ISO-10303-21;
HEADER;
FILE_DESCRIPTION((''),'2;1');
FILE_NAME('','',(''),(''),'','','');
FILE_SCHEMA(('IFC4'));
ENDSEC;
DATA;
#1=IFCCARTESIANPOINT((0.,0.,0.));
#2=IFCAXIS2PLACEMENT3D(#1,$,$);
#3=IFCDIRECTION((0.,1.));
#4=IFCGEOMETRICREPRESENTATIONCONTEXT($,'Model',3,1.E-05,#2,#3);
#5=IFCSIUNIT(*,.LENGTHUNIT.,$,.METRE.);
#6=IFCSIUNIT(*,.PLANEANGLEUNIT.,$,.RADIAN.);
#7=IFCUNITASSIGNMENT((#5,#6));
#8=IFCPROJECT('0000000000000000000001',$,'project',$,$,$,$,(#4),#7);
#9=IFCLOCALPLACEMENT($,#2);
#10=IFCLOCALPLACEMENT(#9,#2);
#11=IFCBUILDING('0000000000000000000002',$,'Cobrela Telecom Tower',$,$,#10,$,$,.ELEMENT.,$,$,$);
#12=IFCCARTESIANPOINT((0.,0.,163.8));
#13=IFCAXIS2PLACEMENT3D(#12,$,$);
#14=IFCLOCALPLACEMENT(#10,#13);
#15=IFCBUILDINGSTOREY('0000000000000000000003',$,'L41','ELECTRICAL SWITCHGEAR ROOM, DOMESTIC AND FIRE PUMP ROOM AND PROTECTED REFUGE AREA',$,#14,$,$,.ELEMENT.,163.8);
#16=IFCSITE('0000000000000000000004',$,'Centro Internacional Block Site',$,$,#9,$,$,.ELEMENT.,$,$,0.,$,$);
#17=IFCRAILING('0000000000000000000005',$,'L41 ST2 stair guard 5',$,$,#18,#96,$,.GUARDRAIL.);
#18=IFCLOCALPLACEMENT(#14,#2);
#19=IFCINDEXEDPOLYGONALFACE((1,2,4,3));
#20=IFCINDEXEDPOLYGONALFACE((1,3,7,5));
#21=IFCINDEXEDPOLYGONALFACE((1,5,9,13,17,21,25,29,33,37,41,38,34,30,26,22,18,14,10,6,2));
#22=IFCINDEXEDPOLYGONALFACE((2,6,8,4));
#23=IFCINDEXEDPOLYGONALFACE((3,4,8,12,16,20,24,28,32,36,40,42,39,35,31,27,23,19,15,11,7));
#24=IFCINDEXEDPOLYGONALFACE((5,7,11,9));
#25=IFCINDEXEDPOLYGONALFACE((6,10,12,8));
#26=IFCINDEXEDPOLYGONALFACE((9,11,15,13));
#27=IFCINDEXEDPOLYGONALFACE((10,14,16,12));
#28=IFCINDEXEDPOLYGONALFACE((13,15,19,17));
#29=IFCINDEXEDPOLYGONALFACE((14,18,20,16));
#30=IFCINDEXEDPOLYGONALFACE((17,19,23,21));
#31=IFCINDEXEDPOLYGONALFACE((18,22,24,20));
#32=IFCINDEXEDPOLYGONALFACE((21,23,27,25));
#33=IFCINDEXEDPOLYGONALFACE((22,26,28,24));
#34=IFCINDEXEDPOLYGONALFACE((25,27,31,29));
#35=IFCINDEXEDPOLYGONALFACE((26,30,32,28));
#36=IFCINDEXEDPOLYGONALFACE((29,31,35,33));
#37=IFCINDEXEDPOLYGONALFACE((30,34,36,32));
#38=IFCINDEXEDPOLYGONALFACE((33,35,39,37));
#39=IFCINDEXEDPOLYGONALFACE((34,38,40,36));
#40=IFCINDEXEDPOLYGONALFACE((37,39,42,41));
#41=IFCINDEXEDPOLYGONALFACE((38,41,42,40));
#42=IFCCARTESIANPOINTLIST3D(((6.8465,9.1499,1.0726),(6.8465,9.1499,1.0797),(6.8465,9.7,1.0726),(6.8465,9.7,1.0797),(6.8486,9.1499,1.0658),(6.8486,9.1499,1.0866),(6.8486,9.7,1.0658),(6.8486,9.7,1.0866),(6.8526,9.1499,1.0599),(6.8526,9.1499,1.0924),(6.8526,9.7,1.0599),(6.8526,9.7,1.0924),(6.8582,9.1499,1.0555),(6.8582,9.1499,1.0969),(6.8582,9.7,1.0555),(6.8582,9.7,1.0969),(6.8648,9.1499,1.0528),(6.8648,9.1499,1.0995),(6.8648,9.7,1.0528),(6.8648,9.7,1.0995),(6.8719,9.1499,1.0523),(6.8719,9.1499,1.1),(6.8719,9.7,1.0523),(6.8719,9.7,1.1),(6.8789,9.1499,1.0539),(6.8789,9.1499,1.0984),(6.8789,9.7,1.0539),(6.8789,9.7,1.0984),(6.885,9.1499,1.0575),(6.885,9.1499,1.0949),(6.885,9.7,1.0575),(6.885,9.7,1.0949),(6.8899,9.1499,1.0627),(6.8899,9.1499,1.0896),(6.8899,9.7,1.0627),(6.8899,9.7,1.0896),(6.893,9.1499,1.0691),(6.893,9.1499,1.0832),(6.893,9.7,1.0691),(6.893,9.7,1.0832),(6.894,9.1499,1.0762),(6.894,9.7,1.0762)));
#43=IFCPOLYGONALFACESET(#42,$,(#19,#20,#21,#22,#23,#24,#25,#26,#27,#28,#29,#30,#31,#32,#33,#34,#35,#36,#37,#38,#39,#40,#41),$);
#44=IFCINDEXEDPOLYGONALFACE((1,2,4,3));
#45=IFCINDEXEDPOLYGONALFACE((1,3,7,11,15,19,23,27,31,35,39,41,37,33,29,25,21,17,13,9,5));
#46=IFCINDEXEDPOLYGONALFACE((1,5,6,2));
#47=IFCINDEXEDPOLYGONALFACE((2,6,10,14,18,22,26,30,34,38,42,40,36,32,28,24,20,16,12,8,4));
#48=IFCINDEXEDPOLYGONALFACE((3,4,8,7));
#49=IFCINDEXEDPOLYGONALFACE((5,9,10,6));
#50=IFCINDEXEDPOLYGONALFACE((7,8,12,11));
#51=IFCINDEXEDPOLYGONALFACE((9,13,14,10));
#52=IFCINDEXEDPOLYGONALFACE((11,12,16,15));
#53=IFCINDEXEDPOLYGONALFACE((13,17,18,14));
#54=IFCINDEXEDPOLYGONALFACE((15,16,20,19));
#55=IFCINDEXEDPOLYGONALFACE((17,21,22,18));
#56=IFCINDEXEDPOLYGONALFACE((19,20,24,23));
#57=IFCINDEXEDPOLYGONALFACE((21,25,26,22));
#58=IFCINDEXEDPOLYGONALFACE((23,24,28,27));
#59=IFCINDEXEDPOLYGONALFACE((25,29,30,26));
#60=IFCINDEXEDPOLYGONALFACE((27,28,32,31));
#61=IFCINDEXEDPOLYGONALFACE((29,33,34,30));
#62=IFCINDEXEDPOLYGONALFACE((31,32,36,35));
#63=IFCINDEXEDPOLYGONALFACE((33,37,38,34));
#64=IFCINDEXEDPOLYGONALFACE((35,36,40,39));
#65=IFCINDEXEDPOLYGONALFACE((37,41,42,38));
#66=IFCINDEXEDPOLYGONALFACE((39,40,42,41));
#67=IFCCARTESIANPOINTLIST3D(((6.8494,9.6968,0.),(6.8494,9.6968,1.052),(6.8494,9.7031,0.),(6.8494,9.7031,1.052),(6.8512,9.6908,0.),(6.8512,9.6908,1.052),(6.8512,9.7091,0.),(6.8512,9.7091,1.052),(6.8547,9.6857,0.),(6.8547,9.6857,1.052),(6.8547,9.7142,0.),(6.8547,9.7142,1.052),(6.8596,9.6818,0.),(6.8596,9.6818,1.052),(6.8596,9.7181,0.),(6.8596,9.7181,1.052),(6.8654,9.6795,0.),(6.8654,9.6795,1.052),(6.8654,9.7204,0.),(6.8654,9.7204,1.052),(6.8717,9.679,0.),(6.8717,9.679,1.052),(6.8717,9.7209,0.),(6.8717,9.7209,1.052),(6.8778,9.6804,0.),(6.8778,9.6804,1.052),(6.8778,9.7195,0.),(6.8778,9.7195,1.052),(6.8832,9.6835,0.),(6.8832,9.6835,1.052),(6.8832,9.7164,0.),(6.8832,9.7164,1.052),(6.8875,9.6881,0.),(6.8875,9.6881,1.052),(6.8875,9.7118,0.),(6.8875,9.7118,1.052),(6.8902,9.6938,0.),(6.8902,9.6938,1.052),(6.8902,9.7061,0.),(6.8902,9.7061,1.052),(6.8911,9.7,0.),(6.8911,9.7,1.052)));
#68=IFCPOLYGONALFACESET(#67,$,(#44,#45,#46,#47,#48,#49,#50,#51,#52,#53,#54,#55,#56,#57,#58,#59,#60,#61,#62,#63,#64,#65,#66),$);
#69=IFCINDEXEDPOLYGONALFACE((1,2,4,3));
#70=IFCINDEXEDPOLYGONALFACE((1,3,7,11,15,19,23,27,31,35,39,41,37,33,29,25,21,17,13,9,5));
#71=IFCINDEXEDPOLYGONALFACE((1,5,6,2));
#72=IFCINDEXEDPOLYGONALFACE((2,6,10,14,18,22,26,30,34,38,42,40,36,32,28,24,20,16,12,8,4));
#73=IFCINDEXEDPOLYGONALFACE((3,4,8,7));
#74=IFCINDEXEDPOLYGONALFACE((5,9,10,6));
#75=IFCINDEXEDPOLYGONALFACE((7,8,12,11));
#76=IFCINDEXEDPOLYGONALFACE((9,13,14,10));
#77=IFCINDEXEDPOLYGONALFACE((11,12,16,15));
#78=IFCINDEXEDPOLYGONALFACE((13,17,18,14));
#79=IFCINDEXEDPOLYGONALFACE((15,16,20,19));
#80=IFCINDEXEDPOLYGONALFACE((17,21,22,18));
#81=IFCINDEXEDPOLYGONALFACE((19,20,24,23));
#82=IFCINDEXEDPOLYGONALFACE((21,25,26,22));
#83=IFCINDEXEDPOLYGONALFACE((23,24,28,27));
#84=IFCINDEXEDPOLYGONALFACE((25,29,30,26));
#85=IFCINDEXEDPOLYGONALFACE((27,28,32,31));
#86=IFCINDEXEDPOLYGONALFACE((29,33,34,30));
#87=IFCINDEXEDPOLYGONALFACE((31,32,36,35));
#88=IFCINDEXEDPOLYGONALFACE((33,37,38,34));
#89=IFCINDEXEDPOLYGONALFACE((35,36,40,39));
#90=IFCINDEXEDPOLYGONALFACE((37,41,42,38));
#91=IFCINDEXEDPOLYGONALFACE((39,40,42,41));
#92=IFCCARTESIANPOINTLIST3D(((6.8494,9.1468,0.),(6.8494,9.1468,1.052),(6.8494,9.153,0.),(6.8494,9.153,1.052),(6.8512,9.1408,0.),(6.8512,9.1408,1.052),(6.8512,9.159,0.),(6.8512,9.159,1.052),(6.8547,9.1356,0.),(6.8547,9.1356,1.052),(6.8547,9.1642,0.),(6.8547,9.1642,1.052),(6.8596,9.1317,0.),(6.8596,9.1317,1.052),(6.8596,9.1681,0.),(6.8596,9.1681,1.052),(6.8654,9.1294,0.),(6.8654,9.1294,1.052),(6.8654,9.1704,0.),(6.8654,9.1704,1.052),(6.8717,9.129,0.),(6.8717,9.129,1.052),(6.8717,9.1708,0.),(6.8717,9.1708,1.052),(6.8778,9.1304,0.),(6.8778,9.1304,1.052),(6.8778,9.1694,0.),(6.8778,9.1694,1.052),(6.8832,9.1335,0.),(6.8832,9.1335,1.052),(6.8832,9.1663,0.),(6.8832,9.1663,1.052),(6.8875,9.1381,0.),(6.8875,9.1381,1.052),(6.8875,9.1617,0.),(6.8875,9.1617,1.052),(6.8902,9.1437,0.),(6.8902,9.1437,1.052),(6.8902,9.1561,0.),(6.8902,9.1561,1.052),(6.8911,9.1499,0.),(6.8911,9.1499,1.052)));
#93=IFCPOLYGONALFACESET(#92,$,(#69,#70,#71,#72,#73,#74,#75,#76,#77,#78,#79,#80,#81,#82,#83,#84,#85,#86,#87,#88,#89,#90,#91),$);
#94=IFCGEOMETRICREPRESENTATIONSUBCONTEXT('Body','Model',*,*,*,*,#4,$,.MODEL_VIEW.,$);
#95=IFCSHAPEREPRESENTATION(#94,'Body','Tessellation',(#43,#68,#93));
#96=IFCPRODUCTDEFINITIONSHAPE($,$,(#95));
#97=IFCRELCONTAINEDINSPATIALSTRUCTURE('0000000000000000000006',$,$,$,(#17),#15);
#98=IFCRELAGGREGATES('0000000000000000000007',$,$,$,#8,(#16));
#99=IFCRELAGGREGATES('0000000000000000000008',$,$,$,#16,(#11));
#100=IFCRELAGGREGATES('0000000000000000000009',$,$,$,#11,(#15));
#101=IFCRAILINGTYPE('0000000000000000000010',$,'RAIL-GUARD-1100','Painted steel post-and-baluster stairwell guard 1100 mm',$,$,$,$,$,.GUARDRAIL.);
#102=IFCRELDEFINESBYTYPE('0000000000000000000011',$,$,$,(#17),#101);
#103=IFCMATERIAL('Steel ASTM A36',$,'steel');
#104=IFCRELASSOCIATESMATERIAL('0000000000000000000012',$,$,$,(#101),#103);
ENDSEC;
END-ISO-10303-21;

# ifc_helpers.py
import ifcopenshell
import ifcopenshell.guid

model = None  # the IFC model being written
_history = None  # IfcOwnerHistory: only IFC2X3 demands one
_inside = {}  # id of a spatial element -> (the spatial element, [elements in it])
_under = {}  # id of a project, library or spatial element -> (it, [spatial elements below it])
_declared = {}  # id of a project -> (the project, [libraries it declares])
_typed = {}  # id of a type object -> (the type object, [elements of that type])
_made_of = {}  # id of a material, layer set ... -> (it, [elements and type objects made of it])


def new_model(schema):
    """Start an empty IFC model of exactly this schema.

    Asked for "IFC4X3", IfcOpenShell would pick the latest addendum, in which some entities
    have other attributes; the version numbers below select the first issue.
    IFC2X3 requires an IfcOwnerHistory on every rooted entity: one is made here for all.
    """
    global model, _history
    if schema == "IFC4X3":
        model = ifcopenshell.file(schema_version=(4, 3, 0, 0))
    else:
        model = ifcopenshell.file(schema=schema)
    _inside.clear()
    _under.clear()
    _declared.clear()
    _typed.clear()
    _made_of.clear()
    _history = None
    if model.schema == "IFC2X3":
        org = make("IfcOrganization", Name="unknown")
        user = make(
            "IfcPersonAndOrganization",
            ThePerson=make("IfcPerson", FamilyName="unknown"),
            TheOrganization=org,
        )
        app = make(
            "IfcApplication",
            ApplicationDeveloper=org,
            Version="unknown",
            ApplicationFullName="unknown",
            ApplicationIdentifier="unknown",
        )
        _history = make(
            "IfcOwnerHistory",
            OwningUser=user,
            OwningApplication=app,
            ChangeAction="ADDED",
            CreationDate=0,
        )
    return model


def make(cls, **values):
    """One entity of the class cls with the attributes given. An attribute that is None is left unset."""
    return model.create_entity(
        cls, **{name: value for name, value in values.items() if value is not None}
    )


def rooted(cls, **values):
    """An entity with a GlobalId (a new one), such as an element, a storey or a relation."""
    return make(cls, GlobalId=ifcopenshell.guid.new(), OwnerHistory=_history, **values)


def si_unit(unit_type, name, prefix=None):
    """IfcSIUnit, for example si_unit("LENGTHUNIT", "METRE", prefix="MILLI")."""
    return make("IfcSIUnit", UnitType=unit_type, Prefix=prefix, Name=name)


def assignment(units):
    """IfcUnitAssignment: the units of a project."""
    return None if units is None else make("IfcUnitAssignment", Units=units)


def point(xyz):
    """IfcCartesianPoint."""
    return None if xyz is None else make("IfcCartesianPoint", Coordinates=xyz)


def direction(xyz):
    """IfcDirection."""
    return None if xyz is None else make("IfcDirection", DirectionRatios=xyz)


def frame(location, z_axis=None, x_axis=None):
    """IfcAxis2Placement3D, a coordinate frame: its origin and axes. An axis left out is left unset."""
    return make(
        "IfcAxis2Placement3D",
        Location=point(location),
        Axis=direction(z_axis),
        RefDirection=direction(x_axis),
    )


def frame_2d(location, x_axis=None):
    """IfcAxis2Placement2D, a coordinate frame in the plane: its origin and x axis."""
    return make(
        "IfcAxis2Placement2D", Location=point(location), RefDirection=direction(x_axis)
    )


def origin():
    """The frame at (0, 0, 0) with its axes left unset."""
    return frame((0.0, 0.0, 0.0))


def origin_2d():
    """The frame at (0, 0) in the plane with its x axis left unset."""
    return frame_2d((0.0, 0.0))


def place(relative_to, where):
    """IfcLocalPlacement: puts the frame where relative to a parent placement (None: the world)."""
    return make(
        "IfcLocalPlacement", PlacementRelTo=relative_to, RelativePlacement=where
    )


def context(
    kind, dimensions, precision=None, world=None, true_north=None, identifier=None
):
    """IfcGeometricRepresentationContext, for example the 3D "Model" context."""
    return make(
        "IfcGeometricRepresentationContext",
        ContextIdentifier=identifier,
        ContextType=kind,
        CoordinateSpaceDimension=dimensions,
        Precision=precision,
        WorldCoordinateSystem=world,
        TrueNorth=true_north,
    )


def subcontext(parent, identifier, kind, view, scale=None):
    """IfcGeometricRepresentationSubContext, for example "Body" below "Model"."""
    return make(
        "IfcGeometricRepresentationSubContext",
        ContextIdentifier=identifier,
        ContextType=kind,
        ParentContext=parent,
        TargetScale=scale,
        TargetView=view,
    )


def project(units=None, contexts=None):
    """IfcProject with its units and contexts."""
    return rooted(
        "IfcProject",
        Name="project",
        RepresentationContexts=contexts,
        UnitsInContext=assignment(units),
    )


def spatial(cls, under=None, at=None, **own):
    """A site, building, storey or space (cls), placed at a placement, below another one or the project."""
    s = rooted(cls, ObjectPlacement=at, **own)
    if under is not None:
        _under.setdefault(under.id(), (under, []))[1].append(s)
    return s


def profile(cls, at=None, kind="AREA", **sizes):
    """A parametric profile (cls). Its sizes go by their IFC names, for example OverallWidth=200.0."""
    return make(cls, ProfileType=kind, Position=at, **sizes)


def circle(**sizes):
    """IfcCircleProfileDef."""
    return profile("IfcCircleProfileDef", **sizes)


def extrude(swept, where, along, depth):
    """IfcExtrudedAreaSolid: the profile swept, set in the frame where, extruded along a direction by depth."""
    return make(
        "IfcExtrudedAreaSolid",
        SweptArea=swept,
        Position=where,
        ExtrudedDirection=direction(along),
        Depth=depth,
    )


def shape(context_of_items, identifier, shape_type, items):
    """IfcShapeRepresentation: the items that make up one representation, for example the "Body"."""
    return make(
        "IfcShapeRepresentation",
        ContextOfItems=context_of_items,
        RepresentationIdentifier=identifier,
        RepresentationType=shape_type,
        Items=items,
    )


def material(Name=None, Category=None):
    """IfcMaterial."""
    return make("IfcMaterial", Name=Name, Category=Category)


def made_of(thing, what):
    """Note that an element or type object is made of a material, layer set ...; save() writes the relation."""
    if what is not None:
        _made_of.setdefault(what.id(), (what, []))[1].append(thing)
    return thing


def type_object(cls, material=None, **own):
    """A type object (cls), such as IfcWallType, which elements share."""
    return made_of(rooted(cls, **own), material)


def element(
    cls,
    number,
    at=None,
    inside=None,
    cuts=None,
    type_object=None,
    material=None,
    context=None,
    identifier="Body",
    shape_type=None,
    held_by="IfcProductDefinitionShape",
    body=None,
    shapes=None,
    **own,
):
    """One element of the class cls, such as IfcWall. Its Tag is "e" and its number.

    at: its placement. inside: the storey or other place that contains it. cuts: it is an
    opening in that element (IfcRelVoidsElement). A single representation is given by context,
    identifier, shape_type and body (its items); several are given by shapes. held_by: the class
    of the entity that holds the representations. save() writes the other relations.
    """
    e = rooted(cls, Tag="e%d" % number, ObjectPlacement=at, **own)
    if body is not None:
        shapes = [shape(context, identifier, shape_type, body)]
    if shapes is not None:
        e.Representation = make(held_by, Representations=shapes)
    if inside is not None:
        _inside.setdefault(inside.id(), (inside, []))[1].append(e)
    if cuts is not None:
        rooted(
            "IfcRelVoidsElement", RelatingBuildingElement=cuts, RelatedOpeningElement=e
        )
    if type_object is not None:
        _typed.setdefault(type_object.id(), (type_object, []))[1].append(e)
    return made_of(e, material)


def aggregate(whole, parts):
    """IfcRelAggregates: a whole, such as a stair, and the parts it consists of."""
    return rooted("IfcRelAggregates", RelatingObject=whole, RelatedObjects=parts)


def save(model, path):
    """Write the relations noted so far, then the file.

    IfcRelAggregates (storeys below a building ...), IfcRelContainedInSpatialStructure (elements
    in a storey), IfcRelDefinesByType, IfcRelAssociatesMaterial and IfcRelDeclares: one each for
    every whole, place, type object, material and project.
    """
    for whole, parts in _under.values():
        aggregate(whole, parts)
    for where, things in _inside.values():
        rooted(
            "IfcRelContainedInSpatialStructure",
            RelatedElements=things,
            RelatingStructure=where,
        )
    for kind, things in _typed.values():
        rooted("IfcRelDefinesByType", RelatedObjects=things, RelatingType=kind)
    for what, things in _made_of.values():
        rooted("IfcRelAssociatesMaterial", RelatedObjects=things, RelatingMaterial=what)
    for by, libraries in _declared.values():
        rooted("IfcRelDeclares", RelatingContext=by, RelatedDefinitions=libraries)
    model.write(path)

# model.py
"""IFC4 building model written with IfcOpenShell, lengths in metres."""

from ifc_helpers import new_model, si_unit, direction, frame, origin, origin_2d, place, context, subcontext, project, spatial, circle, extrude, material, type_object, element, save


model = new_model("IFC4")

# Units and contexts
model_context = context("Model", 3, precision=1e-05, world=origin(), true_north=direction((0.0, 1.0)))
body_context = subcontext(model_context, "Body", "Model", "MODEL_VIEW")
ifc_project = project(units=[si_unit("LENGTHUNIT", "METRE"), si_unit("PLANEANGLEUNIT", "RADIAN")], contexts=[model_context])

# Site, building, storey
site_placement = place(None, origin())
site = spatial("IfcSite", under=ifc_project, at=site_placement, Name="Centro Internacional Block Site", CompositionType="ELEMENT", RefElevation=0.0)
building_placement = place(site_placement, origin())
building = spatial("IfcBuilding", under=site, at=building_placement, Name="Cobrela Telecom Tower", CompositionType="ELEMENT")
storey_placement = place(building_placement, frame((0.0, 0.0, 163.8)))
storey = spatial("IfcBuildingStorey", under=building, at=storey_placement, Name="L41", Description="ELECTRICAL SWITCHGEAR ROOM, DOMESTIC AND FIRE PUMP ROOM AND PROTECTED REFUGE AREA", CompositionType="ELEMENT", Elevation=163.8)

# Shared definitions
ifc_material_1 = material(Name="Steel ASTM A36", Category="steel")

# Railing
railing_type_1 = type_object("IfcRailingType", Name="RAIL-GUARD-1100", Description="Painted steel post-and-baluster stairwell guard 1100 mm", PredefinedType="GUARDRAIL", material=ifc_material_1)
railing_1_placement = place(storey_placement, frame((6.8701, 9.7, 0.0)))
element("IfcRailing", 1, at=railing_1_placement, inside=storey, type_object=railing_type_1, Name="L41 ST2 stair guard 5", PredefinedType="GUARDRAIL", context=body_context, shape_type="SweptSolid", body=[
    extrude(circle(Radius=0.0239, at=origin_2d()), frame((0.0, 0.0, 1.0762), z_axis=(0.0, -1.0, 0.0), x_axis=(1.0, 0.0, 0.0)), (0.0, 0.0, 1.0), 0.55),
    extrude(circle(Radius=0.021, at=origin_2d()), origin(), (0.0, 0.0, 1.0), 1.052),
    extrude(circle(Radius=0.021, at=origin_2d()), frame((0.0, -0.55, 0.0)), (0.0, 0.0, 1.0), 1.052),
])

save(model, "model.ifc")
